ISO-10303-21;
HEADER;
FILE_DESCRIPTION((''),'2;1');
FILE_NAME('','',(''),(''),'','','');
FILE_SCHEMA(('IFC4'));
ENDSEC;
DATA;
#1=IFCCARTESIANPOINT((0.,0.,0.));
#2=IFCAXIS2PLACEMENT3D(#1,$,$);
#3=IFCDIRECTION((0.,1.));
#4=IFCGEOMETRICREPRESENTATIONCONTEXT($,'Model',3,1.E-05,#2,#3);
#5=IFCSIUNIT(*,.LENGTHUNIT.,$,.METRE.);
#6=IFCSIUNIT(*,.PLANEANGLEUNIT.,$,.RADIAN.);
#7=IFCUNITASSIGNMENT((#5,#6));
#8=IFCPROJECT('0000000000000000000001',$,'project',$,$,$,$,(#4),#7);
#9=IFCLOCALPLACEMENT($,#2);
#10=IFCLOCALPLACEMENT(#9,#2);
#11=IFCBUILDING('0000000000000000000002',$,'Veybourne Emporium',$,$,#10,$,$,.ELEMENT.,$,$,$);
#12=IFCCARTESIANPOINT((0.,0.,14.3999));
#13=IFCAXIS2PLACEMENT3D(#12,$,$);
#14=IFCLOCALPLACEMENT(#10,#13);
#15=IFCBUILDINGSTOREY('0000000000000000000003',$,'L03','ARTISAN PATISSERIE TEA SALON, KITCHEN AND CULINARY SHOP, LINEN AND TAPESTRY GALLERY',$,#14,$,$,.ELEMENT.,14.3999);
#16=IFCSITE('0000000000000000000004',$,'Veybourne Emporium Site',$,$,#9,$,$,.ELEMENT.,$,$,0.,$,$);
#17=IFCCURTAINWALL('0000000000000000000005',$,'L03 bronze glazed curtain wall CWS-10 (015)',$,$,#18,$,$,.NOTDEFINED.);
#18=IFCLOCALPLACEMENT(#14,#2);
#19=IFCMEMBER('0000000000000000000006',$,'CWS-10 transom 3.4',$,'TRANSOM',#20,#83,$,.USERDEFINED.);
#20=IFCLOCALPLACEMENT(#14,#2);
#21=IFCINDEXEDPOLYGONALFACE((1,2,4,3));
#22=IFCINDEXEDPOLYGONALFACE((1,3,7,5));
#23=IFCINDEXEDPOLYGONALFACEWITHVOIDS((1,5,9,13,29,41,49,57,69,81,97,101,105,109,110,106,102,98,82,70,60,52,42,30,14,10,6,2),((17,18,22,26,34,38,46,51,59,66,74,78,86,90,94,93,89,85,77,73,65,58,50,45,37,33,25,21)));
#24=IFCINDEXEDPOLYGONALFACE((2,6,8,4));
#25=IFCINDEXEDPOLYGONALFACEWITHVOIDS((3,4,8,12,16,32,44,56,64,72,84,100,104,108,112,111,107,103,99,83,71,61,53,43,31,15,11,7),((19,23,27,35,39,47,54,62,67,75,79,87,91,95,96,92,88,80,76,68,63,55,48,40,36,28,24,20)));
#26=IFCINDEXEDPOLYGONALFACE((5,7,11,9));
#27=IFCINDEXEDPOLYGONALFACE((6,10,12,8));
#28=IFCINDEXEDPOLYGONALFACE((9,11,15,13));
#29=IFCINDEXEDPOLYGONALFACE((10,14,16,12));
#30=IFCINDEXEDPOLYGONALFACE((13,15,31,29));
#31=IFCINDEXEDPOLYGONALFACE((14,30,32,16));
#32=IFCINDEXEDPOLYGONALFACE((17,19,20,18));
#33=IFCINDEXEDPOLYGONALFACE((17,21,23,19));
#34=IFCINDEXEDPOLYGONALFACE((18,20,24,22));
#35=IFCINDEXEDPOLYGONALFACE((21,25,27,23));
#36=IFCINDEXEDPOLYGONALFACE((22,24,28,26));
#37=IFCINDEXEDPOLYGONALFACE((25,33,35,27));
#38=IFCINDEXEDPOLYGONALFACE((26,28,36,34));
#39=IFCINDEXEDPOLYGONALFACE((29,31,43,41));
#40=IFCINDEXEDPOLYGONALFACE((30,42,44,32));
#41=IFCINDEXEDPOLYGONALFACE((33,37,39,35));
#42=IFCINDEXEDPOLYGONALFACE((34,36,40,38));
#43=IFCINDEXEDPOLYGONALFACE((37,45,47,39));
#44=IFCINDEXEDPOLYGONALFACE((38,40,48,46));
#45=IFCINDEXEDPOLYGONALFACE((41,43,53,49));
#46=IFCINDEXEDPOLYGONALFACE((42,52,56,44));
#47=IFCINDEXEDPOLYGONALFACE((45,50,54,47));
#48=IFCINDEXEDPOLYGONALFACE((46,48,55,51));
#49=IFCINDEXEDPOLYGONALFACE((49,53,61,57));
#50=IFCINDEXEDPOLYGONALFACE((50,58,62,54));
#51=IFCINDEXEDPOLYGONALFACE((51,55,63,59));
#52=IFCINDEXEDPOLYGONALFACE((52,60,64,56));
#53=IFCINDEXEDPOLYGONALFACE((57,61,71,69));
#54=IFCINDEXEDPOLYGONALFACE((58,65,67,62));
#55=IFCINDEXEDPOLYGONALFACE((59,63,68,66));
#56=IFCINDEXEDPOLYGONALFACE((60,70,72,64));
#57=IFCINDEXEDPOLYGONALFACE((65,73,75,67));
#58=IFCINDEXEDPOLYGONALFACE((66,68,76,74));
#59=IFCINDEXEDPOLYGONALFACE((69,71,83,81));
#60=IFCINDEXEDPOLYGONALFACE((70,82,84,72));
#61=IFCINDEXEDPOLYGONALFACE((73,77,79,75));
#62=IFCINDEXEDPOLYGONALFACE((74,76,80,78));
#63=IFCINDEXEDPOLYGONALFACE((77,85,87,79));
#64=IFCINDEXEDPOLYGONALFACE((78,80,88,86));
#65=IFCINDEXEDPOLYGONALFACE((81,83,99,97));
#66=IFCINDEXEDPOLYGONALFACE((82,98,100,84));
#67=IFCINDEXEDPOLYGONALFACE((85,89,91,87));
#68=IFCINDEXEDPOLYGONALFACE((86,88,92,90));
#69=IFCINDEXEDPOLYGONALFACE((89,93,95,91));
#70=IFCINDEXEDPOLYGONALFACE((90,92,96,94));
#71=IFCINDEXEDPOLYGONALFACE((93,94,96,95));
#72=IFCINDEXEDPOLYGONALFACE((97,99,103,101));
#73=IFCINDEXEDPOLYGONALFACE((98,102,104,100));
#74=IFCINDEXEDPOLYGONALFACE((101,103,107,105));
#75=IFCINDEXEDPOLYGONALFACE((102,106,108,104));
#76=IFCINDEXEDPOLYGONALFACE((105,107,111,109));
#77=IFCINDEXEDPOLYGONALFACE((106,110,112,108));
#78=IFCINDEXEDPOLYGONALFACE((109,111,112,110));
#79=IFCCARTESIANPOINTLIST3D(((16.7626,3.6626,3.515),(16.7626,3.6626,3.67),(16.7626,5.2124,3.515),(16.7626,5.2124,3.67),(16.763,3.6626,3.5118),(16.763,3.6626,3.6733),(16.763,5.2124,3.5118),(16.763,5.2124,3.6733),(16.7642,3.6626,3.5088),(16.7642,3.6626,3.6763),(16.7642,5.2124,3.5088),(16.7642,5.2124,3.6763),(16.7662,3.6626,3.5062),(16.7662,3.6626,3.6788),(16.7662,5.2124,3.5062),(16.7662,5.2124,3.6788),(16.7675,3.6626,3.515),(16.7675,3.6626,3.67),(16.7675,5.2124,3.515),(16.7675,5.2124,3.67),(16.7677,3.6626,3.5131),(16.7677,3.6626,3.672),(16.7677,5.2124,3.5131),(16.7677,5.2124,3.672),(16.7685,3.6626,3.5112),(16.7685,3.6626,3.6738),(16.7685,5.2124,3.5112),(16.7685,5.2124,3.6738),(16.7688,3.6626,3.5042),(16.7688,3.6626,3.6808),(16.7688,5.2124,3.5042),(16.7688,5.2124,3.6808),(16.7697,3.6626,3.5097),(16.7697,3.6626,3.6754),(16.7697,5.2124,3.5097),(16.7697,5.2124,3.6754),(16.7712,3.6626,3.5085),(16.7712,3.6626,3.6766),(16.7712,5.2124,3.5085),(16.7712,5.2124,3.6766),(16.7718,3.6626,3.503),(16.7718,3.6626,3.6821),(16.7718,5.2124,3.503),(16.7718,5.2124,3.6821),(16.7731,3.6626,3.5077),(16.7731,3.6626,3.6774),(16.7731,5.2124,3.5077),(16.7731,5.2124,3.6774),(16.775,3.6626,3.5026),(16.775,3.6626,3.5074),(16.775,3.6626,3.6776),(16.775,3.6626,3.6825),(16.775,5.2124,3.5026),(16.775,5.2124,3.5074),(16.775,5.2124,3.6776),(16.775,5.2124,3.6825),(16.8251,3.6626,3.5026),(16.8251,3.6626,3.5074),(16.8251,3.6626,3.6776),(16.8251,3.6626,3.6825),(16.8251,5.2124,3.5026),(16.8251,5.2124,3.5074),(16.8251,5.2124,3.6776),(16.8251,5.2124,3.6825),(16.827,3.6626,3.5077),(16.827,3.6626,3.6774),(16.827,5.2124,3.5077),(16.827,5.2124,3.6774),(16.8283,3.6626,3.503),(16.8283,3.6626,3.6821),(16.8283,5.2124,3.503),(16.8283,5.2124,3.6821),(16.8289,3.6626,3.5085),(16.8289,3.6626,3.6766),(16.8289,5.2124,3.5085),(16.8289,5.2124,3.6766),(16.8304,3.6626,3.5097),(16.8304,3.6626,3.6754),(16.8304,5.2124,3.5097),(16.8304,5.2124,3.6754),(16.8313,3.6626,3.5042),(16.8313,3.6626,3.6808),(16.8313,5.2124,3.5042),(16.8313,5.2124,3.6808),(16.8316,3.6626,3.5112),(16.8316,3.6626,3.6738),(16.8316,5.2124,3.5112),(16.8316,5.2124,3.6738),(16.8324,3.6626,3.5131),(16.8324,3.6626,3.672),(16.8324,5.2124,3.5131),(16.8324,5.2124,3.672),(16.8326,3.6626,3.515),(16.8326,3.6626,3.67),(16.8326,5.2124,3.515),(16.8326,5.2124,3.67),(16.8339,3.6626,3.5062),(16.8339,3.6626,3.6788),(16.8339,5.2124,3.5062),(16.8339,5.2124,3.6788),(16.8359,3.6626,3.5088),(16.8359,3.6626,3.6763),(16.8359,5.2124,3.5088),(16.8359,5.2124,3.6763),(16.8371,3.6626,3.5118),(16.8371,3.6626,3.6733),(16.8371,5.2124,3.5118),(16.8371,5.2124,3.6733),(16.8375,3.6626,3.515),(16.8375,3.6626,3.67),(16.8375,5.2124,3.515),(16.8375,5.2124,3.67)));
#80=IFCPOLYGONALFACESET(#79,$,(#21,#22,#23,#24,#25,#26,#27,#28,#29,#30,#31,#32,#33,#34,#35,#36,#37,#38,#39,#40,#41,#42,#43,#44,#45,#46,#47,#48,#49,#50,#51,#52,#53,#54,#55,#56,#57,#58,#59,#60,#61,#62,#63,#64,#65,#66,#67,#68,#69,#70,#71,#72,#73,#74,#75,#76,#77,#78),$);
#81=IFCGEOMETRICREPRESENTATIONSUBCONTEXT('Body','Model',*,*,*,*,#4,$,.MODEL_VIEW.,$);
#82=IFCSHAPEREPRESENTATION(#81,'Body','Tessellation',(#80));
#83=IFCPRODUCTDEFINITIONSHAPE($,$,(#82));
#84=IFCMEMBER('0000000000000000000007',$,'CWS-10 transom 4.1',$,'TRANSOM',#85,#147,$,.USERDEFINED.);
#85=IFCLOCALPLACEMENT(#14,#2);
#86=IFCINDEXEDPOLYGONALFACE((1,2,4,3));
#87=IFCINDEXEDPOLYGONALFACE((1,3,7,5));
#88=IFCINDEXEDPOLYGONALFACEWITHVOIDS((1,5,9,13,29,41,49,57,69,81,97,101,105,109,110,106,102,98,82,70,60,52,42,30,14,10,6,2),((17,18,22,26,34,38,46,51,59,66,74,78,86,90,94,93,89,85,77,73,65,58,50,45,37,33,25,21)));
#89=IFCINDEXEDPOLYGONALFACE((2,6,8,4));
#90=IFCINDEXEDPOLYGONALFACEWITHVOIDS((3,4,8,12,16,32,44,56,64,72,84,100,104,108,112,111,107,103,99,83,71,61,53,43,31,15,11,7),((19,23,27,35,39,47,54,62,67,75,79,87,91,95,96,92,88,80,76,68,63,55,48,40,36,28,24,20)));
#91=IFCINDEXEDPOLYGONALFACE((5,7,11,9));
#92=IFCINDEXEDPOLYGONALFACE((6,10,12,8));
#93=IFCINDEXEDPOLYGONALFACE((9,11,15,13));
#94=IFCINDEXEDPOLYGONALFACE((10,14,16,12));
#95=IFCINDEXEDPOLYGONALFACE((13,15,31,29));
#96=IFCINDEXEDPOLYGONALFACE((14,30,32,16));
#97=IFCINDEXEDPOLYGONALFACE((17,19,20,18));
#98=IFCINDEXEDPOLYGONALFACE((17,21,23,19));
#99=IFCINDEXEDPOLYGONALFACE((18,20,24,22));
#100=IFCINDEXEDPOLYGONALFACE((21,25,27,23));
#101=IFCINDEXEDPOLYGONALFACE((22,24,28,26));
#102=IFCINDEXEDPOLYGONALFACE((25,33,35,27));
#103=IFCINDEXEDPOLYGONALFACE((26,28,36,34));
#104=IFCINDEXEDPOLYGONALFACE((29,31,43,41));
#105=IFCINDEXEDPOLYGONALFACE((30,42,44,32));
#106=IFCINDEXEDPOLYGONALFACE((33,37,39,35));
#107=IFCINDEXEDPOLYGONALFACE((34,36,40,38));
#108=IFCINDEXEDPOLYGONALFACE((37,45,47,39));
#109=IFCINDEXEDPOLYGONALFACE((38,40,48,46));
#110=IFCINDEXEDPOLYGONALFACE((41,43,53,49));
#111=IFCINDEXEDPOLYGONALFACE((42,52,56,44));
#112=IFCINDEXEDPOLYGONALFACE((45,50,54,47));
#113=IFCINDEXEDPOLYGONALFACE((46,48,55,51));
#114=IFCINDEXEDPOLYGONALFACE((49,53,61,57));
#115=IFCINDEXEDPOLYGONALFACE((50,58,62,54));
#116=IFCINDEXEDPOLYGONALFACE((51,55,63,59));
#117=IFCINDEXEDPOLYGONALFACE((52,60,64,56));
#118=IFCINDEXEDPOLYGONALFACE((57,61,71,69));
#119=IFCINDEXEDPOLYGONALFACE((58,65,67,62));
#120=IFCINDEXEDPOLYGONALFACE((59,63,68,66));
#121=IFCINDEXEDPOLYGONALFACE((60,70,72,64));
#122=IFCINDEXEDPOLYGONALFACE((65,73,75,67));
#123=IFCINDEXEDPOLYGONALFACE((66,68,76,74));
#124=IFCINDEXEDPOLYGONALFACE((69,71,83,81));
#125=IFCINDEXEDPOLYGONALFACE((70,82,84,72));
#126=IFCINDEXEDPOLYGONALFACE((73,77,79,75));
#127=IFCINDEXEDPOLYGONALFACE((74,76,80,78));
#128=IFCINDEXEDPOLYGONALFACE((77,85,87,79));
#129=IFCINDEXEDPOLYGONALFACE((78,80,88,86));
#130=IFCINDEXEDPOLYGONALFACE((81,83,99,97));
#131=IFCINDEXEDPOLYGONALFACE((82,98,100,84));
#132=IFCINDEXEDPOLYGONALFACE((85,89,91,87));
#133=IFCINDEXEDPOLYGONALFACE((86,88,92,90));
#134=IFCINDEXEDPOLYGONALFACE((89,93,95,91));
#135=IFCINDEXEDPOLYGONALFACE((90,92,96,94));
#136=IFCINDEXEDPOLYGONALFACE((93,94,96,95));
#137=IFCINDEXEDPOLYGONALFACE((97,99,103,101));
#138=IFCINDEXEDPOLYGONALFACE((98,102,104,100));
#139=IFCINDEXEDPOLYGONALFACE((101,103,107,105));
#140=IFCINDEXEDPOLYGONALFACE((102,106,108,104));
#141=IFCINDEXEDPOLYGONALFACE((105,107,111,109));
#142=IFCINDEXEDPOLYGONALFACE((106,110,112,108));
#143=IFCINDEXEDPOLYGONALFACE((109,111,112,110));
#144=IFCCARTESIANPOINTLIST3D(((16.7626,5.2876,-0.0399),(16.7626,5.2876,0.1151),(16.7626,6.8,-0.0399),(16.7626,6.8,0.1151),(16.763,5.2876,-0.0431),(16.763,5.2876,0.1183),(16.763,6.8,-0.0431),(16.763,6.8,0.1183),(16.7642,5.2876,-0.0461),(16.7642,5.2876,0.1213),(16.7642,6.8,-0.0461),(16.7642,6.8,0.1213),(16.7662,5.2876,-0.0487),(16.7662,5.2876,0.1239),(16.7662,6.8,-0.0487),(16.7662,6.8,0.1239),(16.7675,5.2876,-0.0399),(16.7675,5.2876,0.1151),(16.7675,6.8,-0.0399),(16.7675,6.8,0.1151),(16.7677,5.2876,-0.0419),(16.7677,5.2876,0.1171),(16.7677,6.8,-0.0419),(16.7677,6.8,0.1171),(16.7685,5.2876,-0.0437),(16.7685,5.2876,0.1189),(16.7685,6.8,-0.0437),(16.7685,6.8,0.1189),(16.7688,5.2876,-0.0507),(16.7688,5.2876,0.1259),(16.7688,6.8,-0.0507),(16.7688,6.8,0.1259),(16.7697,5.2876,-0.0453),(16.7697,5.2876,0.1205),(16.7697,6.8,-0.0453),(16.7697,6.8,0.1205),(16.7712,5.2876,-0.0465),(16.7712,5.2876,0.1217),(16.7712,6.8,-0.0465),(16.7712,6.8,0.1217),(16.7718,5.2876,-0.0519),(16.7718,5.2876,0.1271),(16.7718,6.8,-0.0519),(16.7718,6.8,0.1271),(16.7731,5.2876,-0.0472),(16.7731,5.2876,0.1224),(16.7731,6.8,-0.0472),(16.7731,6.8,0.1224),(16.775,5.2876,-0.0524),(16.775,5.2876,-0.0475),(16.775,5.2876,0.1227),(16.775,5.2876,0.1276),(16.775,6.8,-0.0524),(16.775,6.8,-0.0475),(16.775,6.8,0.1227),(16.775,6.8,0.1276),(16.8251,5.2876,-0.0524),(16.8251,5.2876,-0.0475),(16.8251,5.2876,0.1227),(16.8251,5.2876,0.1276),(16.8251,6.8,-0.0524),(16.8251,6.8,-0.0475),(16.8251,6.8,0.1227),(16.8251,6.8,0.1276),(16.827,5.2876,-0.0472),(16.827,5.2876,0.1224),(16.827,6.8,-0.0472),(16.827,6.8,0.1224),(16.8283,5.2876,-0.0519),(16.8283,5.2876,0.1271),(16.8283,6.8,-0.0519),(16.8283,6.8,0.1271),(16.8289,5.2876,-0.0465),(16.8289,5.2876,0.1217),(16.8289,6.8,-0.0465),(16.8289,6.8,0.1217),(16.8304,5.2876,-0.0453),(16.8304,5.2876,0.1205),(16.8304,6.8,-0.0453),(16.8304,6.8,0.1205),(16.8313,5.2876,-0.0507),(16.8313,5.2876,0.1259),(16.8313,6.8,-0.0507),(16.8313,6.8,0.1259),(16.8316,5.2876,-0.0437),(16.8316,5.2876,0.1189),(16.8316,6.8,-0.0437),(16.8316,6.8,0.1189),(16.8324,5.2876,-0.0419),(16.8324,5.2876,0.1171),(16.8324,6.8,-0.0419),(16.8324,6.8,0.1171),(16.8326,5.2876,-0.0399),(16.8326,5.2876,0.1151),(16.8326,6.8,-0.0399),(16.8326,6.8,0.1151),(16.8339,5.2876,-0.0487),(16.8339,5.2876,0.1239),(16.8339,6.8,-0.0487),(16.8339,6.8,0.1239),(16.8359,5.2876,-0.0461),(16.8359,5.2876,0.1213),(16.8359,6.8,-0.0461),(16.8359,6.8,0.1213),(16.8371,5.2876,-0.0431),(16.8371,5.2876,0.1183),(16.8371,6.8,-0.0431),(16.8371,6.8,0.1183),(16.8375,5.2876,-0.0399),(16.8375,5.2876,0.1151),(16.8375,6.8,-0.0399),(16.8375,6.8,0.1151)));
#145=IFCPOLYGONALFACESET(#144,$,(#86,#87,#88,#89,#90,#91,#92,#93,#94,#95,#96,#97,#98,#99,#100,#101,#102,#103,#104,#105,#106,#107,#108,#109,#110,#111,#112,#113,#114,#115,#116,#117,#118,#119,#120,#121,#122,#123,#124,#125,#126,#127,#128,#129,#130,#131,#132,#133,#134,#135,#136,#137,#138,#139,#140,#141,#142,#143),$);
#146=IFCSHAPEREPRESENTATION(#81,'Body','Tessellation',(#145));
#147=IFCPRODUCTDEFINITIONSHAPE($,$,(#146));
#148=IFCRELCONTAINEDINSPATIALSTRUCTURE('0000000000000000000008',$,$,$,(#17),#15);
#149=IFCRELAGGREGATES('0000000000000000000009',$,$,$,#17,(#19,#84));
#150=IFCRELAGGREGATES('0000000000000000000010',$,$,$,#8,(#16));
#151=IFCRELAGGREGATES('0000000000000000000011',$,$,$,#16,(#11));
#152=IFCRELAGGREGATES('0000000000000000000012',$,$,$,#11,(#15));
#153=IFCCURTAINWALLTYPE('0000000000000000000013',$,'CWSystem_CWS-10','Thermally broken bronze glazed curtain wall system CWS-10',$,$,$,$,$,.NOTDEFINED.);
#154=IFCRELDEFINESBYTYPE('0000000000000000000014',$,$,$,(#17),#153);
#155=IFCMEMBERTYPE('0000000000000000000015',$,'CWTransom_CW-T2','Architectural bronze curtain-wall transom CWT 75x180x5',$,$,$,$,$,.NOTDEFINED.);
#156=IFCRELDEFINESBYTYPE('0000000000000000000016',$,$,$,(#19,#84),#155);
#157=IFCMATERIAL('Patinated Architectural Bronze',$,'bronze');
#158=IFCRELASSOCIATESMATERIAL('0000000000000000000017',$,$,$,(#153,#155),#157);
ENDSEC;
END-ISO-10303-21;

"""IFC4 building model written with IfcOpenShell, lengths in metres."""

from ifc_helpers import new_model, si_unit, direction, frame, origin, origin_2d, place, context, subcontext, project, spatial, hollow_rectangle, extrude, material, material_profile, profile_set, type_object, element, aggregate, save


model = new_model("IFC4")

# Units and contexts
model_context = context("Model", 3, precision=1e-05, world=origin(), true_north=direction((0.0, 1.0)))
body_context = subcontext(model_context, "Body", "Model", "MODEL_VIEW")
ifc_project = project(units=[si_unit("LENGTHUNIT", "METRE"), si_unit("PLANEANGLEUNIT", "RADIAN")], contexts=[model_context])

# Site, building, storey
site_placement = place(None, origin())
site = spatial("IfcSite", under=ifc_project, at=site_placement, Name="Veybourne Emporium Site", CompositionType="ELEMENT", RefElevation=0.0)
building_placement = place(site_placement, origin())
building = spatial("IfcBuilding", under=site, at=building_placement, Name="Veybourne Emporium", CompositionType="ELEMENT")
storey_placement = place(building_placement, frame((0.0, 0.0, 14.3999)))
storey = spatial("IfcBuildingStorey", under=building, at=storey_placement, Name="L03", Description="ARTISAN PATISSERIE TEA SALON, KITCHEN AND CULINARY SHOP, LINEN AND TAPESTRY GALLERY", CompositionType="ELEMENT", Elevation=14.3999)

# Curtain wall
ifc_material_1 = material(Name="Patinated Architectural Bronze", Category="bronze")
curtain_wall_type_1 = type_object("IfcCurtainWallType", Name="CWSystem_CWS-10", Description="Thermally broken bronze glazed curtain wall system CWS-10", PredefinedType="NOTDEFINED", material=ifc_material_1)
curtain_wall_1_placement = place(storey_placement, origin())
curtain_wall_1 = element("IfcCurtainWall", 1, at=curtain_wall_1_placement, inside=storey, type_object=curtain_wall_type_1, Name="L03 bronze glazed curtain wall CWS-10 (015)", PredefinedType="NOTDEFINED")

# Members
ifc_material_profile_1 = material_profile(ifc_material_1, hollow_rectangle(XDim=0.075, YDim=0.1799, WallThickness=0.0049, InnerFilletRadius=0.0076, OuterFilletRadius=0.0125, at=origin_2d()), Name="CWT 75x180x5")
ifc_profile_set_1 = profile_set([ifc_material_profile_1], Name="Patinated Architectural Bronze")
member_type_1 = type_object("IfcMemberType", Name="CWTransom_CW-T2", Description="Architectural bronze curtain-wall transom CWT 75x180x5", PredefinedType="NOTDEFINED", material=ifc_profile_set_1)
member_1_placement = place(storey_placement, frame((16.8, 3.6626, 3.5925), z_axis=(0.0, 1.0, 0.0), x_axis=(-1.0, 0.0, 0.0)))
member_1 = element("IfcMember", 2, at=member_1_placement, type_object=member_type_1, Name="CWS-10 transom 3.4", ObjectType="TRANSOM", PredefinedType="USERDEFINED", context=body_context, shape_type="SweptSolid", body=[
    extrude(hollow_rectangle(XDim=0.075, YDim=0.1799, WallThickness=0.0049, InnerFilletRadius=0.0076, OuterFilletRadius=0.0125, at=origin_2d()), origin(), (0.0, 0.0, 1.0), 1.5498),
])
member_2_placement = place(storey_placement, frame((16.8, 5.2876, 0.0376), z_axis=(0.0, 1.0, 0.0), x_axis=(-1.0, 0.0, 0.0)))
member_2 = element("IfcMember", 3, at=member_2_placement, type_object=member_type_1, Name="CWS-10 transom 4.1", ObjectType="TRANSOM", PredefinedType="USERDEFINED", context=body_context, shape_type="SweptSolid", body=[
    extrude(hollow_rectangle(XDim=0.075, YDim=0.1799, WallThickness=0.0049, InnerFilletRadius=0.0076, OuterFilletRadius=0.0125, at=origin_2d()), origin(), (0.0, 0.0, 1.0), 1.5125),
])

aggregate(curtain_wall_1, [member_1, member_2])

save(model, "model.ifc")
